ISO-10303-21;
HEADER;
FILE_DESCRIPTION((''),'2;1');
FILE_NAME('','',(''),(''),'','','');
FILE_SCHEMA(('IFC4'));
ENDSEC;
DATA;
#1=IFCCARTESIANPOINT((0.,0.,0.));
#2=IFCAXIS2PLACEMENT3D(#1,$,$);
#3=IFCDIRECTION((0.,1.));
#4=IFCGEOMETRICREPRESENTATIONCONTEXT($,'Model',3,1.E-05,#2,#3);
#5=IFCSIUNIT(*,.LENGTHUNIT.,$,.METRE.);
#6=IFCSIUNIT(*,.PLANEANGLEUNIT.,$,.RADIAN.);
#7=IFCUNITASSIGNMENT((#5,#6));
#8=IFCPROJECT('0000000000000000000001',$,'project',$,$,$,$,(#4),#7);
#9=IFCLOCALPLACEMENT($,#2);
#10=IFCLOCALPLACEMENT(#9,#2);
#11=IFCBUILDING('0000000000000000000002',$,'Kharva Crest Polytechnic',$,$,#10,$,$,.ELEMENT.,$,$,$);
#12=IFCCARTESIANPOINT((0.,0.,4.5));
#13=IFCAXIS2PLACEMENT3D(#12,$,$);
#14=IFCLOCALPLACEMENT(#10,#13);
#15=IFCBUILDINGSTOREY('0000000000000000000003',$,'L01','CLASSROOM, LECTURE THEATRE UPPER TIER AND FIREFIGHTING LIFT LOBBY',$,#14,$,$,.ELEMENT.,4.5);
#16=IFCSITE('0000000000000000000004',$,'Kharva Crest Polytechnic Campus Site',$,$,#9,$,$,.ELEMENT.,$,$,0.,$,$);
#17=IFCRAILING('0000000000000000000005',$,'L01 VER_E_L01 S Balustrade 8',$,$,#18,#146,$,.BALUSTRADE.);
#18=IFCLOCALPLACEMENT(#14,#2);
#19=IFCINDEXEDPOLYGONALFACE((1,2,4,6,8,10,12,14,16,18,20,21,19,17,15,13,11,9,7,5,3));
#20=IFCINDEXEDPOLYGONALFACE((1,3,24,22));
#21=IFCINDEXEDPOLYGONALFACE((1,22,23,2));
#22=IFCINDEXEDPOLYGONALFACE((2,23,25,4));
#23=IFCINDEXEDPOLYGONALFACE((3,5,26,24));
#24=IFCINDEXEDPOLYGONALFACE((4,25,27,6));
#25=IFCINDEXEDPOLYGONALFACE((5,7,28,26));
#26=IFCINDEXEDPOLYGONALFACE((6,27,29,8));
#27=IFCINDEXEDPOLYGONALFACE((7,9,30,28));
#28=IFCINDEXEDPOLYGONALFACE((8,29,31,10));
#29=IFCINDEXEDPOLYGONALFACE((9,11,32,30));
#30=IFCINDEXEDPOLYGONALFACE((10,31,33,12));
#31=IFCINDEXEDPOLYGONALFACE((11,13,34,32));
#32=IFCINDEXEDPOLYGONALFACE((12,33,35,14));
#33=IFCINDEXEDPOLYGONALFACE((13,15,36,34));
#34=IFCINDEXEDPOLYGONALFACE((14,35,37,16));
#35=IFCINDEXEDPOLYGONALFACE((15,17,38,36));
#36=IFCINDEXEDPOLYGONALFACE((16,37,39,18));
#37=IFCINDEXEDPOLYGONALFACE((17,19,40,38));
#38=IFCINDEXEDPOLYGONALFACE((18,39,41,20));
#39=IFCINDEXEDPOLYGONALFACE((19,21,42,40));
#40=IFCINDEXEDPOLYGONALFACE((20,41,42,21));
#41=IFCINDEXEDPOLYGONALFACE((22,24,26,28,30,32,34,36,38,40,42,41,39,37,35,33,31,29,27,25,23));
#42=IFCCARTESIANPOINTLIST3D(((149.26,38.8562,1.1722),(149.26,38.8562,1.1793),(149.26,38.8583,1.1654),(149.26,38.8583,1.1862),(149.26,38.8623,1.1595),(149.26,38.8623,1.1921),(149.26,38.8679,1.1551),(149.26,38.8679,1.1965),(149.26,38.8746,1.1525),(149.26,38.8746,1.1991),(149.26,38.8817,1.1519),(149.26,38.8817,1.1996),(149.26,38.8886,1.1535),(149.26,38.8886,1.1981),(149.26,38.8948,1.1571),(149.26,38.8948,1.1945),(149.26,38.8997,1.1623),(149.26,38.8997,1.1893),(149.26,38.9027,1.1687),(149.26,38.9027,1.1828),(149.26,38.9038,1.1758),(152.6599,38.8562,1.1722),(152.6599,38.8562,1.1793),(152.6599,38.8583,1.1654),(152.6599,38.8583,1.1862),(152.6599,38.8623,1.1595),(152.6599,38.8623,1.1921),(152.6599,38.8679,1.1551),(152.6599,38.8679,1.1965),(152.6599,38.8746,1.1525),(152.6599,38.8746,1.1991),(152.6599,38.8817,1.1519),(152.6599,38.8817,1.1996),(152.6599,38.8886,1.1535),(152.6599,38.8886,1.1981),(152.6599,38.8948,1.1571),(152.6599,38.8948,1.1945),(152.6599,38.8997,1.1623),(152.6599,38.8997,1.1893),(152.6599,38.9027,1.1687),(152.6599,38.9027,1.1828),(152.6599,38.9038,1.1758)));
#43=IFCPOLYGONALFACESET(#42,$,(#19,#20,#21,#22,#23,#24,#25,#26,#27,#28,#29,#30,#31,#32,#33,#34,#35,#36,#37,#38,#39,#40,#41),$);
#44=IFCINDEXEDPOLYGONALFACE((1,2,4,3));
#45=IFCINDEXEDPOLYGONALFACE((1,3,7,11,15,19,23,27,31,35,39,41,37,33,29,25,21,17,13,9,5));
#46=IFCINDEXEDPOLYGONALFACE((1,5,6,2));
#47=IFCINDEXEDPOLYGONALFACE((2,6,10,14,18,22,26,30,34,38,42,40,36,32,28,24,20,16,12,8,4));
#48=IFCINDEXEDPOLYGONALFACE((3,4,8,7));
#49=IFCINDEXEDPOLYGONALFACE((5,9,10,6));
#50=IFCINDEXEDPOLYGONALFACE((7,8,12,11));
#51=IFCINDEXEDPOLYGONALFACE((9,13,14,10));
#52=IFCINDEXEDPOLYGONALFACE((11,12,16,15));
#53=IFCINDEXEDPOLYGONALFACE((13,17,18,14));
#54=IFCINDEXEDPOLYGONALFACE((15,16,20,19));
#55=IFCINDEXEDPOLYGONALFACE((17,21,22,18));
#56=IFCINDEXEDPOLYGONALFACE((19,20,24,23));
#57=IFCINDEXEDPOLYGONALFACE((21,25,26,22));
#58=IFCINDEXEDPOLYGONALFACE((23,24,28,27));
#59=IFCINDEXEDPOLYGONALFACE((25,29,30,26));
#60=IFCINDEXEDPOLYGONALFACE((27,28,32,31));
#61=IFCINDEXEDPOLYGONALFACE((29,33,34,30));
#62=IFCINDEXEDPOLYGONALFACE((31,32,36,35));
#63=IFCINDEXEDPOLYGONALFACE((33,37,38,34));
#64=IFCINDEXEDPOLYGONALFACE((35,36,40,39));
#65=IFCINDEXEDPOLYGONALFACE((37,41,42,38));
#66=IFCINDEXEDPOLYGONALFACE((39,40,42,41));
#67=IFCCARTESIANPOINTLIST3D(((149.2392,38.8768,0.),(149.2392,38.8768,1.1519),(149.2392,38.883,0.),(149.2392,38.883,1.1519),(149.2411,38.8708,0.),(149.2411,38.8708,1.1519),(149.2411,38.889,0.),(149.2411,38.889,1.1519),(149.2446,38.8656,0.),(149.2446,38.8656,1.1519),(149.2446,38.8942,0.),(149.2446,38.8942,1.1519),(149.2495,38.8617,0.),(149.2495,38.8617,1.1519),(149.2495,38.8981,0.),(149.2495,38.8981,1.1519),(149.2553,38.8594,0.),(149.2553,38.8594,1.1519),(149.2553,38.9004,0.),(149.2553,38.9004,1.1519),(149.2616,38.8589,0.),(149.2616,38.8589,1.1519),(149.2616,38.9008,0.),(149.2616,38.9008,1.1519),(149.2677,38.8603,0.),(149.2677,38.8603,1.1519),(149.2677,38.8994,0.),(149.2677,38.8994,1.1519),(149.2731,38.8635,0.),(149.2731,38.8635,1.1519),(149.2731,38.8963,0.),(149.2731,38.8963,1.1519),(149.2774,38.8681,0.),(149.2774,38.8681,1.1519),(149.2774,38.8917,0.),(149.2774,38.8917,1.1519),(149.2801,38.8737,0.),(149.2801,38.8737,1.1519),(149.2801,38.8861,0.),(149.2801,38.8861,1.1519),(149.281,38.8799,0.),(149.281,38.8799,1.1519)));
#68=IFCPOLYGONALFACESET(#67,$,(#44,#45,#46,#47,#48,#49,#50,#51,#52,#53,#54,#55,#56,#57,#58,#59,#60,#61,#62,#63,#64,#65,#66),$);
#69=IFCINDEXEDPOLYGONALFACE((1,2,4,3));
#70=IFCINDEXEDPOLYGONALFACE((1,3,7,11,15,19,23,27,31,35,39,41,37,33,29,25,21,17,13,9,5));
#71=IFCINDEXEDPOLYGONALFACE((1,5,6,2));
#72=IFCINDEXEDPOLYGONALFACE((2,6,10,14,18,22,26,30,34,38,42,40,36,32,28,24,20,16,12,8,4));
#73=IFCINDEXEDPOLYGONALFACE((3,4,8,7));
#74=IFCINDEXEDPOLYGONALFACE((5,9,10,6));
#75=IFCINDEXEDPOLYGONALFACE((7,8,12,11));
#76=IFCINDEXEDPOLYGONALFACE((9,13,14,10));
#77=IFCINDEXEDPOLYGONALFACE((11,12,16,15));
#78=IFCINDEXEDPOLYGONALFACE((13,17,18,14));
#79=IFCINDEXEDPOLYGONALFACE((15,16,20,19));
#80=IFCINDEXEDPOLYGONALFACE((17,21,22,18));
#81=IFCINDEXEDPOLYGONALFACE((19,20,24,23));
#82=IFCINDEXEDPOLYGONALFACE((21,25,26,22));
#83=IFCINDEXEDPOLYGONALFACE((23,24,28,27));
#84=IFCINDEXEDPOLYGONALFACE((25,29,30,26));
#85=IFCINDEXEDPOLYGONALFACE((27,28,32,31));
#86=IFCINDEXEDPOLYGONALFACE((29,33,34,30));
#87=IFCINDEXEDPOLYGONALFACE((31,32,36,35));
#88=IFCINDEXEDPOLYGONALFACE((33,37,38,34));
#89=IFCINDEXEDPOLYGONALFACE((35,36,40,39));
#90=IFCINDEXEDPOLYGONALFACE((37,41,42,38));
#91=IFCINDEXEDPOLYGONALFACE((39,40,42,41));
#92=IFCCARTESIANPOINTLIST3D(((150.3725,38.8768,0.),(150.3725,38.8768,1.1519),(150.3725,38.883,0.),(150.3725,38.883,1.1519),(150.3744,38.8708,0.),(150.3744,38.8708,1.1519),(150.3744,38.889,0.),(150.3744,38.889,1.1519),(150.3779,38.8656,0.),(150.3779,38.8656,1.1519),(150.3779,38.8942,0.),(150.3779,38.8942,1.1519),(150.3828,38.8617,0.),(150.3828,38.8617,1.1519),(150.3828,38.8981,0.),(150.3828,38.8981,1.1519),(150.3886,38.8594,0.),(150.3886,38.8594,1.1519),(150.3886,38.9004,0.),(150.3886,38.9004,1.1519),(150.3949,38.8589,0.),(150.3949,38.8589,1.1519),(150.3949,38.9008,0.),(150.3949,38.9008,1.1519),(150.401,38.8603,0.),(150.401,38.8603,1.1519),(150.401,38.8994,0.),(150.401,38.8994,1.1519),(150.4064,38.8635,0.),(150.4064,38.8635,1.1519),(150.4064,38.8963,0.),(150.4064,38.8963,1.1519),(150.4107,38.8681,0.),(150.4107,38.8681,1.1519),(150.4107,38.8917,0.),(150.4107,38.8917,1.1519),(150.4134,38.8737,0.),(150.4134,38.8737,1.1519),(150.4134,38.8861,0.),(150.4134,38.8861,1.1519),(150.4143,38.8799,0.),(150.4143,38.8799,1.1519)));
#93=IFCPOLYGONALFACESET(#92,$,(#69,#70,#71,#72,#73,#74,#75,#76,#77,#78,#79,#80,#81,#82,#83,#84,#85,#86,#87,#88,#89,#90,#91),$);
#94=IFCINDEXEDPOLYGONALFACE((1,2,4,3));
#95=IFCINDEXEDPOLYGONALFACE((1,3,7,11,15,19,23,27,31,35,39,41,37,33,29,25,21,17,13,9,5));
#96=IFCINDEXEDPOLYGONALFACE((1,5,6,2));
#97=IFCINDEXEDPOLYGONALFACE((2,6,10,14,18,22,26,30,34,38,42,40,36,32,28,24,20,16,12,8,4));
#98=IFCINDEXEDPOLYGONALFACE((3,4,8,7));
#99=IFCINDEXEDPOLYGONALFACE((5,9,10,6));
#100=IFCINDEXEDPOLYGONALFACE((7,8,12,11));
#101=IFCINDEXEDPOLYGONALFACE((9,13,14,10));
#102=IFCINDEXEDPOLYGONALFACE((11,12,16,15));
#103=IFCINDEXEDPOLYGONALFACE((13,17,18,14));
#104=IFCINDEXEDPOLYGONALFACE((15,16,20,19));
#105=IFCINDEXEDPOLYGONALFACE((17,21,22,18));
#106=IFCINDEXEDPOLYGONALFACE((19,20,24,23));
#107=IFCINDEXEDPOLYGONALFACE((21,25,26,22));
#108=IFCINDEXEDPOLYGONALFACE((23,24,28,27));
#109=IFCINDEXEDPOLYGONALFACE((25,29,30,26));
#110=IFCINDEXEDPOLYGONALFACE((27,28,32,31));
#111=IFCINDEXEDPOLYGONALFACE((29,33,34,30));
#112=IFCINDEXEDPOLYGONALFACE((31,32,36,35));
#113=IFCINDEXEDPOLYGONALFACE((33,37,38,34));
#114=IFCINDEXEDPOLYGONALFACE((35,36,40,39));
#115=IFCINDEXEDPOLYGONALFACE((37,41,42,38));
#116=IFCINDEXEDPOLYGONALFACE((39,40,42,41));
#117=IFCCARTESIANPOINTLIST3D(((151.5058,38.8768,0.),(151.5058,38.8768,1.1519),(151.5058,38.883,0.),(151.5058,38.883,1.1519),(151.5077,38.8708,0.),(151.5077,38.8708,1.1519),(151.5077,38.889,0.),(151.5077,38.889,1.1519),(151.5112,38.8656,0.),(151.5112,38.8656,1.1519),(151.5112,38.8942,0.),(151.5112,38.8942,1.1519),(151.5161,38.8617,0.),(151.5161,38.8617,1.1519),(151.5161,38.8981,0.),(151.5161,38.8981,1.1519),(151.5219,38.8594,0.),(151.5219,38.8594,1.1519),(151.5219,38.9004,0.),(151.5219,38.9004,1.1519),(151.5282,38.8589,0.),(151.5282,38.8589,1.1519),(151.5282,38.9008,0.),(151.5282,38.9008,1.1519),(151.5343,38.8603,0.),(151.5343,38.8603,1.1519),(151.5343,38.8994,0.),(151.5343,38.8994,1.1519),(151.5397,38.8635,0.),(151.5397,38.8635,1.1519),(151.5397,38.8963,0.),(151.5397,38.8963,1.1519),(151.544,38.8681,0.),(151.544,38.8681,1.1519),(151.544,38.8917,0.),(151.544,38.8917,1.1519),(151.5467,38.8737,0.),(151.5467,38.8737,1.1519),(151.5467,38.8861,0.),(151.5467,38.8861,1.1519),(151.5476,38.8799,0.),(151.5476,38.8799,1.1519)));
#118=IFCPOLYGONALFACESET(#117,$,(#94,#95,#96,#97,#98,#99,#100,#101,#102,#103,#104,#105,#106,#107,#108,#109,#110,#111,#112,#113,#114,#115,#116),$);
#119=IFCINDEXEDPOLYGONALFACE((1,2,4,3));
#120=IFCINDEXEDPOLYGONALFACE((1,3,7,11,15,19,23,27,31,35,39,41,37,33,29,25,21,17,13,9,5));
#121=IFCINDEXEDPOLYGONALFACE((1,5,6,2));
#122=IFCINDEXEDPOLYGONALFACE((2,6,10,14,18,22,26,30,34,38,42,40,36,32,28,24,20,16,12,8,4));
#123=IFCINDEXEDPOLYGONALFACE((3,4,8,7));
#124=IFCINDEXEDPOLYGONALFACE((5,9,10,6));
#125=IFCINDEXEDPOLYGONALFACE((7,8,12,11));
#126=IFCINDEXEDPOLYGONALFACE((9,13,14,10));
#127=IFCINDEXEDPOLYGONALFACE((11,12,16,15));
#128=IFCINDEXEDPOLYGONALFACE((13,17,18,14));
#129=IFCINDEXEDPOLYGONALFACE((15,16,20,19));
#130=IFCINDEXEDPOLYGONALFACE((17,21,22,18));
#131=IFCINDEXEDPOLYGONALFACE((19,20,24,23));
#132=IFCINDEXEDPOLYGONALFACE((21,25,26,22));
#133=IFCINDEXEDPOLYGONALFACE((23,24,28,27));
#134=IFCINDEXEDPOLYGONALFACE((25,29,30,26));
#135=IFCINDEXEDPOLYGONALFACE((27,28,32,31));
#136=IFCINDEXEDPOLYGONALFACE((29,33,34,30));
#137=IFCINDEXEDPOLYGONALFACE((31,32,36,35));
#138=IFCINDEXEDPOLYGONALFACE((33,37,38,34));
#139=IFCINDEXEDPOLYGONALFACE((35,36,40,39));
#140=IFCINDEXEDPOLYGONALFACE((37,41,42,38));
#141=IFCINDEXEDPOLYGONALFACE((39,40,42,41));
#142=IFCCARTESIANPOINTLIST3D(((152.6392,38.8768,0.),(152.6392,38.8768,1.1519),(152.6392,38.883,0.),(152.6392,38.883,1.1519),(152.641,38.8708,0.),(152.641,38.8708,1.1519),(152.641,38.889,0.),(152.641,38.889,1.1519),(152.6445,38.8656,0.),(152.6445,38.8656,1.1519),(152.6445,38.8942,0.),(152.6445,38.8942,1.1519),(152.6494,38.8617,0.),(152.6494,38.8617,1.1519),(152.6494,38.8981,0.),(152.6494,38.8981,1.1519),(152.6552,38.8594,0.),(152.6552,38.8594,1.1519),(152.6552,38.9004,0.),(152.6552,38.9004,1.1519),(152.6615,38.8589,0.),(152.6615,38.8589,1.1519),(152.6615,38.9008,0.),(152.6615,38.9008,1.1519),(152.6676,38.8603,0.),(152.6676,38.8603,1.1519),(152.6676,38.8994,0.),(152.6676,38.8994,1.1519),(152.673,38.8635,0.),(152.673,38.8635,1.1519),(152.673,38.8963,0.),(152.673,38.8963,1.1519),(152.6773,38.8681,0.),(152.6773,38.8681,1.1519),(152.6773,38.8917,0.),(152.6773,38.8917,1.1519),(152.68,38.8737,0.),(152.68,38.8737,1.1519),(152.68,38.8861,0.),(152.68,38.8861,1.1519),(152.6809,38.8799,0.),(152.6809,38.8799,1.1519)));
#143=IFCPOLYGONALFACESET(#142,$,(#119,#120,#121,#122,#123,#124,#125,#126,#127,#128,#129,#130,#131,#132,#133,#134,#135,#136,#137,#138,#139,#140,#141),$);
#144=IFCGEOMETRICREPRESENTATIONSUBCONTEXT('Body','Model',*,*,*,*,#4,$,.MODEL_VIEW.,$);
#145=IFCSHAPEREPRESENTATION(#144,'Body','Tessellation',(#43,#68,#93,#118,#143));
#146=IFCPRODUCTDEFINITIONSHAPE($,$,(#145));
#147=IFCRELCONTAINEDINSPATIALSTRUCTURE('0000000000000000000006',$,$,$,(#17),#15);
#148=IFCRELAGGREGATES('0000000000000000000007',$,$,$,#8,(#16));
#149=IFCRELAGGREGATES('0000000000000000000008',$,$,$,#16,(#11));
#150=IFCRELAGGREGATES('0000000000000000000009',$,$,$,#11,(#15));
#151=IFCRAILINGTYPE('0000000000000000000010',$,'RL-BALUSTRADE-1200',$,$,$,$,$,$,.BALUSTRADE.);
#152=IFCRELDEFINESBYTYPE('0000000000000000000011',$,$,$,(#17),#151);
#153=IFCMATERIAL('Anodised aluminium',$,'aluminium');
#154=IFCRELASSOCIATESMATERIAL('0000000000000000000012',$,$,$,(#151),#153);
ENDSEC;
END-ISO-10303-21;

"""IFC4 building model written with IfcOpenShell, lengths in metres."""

from ifc_helpers import new_model, si_unit, direction, frame, origin, origin_2d, place, context, subcontext, project, spatial, circle, extrude, material, type_object, element, save


model = new_model("IFC4")

# Units and contexts
model_context = context("Model", 3, precision=1e-05, world=origin(), true_north=direction((0.0, 1.0)))
body_context = subcontext(model_context, "Body", "Model", "MODEL_VIEW")
ifc_project = project(units=[si_unit("LENGTHUNIT", "METRE"), si_unit("PLANEANGLEUNIT", "RADIAN")], contexts=[model_context])

# Site, building, storey
site_placement = place(None, origin())
site = spatial("IfcSite", under=ifc_project, at=site_placement, Name="Kharva Crest Polytechnic Campus Site", CompositionType="ELEMENT", RefElevation=0.0)
building_placement = place(site_placement, origin())
building = spatial("IfcBuilding", under=site, at=building_placement, Name="Kharva Crest Polytechnic", CompositionType="ELEMENT")
storey_placement = place(building_placement, frame((0.0, 0.0, 4.5)))
storey = spatial("IfcBuildingStorey", under=building, at=storey_placement, Name="L01", Description="CLASSROOM, LECTURE THEATRE UPPER TIER AND FIREFIGHTING LIFT LOBBY", CompositionType="ELEMENT", Elevation=4.5)

# Shared definitions
ifc_material_1 = material(Name="Anodised aluminium", Category="aluminium")

# Railing
railing_type = type_object("IfcRailingType", Name="RL-BALUSTRADE-1200", PredefinedType="BALUSTRADE", material=ifc_material_1)
railing_1_placement = place(storey_placement, frame((149.26, 38.8799, 0.0)))
element("IfcRailing", 1, at=railing_1_placement, inside=storey, type_object=railing_type, Name="L01 VER_E_L01 S Balustrade 8", PredefinedType="BALUSTRADE", context=body_context, shape_type="SweptSolid", body=[
    extrude(circle(Radius=0.0239, at=origin_2d()), frame((0.0, 0.0, 1.1758), z_axis=(1.0, 0.0, 0.0), x_axis=(0.0, 1.0, 0.0)), (0.0, 0.0, 1.0), 3.3999),
    extrude(circle(Radius=0.021, at=origin_2d()), origin(), (0.0, 0.0, 1.0), 1.1519),
    extrude(circle(Radius=0.021, at=origin_2d()), frame((1.1333, 0.0, 0.0)), (0.0, 0.0, 1.0), 1.1519),
    extrude(circle(Radius=0.021, at=origin_2d()), frame((2.2666, 0.0, 0.0)), (0.0, 0.0, 1.0), 1.1519),
    extrude(circle(Radius=0.021, at=origin_2d()), frame((3.3999, 0.0, 0.0)), (0.0, 0.0, 1.0), 1.1519),
])

save(model, "model.ifc")
